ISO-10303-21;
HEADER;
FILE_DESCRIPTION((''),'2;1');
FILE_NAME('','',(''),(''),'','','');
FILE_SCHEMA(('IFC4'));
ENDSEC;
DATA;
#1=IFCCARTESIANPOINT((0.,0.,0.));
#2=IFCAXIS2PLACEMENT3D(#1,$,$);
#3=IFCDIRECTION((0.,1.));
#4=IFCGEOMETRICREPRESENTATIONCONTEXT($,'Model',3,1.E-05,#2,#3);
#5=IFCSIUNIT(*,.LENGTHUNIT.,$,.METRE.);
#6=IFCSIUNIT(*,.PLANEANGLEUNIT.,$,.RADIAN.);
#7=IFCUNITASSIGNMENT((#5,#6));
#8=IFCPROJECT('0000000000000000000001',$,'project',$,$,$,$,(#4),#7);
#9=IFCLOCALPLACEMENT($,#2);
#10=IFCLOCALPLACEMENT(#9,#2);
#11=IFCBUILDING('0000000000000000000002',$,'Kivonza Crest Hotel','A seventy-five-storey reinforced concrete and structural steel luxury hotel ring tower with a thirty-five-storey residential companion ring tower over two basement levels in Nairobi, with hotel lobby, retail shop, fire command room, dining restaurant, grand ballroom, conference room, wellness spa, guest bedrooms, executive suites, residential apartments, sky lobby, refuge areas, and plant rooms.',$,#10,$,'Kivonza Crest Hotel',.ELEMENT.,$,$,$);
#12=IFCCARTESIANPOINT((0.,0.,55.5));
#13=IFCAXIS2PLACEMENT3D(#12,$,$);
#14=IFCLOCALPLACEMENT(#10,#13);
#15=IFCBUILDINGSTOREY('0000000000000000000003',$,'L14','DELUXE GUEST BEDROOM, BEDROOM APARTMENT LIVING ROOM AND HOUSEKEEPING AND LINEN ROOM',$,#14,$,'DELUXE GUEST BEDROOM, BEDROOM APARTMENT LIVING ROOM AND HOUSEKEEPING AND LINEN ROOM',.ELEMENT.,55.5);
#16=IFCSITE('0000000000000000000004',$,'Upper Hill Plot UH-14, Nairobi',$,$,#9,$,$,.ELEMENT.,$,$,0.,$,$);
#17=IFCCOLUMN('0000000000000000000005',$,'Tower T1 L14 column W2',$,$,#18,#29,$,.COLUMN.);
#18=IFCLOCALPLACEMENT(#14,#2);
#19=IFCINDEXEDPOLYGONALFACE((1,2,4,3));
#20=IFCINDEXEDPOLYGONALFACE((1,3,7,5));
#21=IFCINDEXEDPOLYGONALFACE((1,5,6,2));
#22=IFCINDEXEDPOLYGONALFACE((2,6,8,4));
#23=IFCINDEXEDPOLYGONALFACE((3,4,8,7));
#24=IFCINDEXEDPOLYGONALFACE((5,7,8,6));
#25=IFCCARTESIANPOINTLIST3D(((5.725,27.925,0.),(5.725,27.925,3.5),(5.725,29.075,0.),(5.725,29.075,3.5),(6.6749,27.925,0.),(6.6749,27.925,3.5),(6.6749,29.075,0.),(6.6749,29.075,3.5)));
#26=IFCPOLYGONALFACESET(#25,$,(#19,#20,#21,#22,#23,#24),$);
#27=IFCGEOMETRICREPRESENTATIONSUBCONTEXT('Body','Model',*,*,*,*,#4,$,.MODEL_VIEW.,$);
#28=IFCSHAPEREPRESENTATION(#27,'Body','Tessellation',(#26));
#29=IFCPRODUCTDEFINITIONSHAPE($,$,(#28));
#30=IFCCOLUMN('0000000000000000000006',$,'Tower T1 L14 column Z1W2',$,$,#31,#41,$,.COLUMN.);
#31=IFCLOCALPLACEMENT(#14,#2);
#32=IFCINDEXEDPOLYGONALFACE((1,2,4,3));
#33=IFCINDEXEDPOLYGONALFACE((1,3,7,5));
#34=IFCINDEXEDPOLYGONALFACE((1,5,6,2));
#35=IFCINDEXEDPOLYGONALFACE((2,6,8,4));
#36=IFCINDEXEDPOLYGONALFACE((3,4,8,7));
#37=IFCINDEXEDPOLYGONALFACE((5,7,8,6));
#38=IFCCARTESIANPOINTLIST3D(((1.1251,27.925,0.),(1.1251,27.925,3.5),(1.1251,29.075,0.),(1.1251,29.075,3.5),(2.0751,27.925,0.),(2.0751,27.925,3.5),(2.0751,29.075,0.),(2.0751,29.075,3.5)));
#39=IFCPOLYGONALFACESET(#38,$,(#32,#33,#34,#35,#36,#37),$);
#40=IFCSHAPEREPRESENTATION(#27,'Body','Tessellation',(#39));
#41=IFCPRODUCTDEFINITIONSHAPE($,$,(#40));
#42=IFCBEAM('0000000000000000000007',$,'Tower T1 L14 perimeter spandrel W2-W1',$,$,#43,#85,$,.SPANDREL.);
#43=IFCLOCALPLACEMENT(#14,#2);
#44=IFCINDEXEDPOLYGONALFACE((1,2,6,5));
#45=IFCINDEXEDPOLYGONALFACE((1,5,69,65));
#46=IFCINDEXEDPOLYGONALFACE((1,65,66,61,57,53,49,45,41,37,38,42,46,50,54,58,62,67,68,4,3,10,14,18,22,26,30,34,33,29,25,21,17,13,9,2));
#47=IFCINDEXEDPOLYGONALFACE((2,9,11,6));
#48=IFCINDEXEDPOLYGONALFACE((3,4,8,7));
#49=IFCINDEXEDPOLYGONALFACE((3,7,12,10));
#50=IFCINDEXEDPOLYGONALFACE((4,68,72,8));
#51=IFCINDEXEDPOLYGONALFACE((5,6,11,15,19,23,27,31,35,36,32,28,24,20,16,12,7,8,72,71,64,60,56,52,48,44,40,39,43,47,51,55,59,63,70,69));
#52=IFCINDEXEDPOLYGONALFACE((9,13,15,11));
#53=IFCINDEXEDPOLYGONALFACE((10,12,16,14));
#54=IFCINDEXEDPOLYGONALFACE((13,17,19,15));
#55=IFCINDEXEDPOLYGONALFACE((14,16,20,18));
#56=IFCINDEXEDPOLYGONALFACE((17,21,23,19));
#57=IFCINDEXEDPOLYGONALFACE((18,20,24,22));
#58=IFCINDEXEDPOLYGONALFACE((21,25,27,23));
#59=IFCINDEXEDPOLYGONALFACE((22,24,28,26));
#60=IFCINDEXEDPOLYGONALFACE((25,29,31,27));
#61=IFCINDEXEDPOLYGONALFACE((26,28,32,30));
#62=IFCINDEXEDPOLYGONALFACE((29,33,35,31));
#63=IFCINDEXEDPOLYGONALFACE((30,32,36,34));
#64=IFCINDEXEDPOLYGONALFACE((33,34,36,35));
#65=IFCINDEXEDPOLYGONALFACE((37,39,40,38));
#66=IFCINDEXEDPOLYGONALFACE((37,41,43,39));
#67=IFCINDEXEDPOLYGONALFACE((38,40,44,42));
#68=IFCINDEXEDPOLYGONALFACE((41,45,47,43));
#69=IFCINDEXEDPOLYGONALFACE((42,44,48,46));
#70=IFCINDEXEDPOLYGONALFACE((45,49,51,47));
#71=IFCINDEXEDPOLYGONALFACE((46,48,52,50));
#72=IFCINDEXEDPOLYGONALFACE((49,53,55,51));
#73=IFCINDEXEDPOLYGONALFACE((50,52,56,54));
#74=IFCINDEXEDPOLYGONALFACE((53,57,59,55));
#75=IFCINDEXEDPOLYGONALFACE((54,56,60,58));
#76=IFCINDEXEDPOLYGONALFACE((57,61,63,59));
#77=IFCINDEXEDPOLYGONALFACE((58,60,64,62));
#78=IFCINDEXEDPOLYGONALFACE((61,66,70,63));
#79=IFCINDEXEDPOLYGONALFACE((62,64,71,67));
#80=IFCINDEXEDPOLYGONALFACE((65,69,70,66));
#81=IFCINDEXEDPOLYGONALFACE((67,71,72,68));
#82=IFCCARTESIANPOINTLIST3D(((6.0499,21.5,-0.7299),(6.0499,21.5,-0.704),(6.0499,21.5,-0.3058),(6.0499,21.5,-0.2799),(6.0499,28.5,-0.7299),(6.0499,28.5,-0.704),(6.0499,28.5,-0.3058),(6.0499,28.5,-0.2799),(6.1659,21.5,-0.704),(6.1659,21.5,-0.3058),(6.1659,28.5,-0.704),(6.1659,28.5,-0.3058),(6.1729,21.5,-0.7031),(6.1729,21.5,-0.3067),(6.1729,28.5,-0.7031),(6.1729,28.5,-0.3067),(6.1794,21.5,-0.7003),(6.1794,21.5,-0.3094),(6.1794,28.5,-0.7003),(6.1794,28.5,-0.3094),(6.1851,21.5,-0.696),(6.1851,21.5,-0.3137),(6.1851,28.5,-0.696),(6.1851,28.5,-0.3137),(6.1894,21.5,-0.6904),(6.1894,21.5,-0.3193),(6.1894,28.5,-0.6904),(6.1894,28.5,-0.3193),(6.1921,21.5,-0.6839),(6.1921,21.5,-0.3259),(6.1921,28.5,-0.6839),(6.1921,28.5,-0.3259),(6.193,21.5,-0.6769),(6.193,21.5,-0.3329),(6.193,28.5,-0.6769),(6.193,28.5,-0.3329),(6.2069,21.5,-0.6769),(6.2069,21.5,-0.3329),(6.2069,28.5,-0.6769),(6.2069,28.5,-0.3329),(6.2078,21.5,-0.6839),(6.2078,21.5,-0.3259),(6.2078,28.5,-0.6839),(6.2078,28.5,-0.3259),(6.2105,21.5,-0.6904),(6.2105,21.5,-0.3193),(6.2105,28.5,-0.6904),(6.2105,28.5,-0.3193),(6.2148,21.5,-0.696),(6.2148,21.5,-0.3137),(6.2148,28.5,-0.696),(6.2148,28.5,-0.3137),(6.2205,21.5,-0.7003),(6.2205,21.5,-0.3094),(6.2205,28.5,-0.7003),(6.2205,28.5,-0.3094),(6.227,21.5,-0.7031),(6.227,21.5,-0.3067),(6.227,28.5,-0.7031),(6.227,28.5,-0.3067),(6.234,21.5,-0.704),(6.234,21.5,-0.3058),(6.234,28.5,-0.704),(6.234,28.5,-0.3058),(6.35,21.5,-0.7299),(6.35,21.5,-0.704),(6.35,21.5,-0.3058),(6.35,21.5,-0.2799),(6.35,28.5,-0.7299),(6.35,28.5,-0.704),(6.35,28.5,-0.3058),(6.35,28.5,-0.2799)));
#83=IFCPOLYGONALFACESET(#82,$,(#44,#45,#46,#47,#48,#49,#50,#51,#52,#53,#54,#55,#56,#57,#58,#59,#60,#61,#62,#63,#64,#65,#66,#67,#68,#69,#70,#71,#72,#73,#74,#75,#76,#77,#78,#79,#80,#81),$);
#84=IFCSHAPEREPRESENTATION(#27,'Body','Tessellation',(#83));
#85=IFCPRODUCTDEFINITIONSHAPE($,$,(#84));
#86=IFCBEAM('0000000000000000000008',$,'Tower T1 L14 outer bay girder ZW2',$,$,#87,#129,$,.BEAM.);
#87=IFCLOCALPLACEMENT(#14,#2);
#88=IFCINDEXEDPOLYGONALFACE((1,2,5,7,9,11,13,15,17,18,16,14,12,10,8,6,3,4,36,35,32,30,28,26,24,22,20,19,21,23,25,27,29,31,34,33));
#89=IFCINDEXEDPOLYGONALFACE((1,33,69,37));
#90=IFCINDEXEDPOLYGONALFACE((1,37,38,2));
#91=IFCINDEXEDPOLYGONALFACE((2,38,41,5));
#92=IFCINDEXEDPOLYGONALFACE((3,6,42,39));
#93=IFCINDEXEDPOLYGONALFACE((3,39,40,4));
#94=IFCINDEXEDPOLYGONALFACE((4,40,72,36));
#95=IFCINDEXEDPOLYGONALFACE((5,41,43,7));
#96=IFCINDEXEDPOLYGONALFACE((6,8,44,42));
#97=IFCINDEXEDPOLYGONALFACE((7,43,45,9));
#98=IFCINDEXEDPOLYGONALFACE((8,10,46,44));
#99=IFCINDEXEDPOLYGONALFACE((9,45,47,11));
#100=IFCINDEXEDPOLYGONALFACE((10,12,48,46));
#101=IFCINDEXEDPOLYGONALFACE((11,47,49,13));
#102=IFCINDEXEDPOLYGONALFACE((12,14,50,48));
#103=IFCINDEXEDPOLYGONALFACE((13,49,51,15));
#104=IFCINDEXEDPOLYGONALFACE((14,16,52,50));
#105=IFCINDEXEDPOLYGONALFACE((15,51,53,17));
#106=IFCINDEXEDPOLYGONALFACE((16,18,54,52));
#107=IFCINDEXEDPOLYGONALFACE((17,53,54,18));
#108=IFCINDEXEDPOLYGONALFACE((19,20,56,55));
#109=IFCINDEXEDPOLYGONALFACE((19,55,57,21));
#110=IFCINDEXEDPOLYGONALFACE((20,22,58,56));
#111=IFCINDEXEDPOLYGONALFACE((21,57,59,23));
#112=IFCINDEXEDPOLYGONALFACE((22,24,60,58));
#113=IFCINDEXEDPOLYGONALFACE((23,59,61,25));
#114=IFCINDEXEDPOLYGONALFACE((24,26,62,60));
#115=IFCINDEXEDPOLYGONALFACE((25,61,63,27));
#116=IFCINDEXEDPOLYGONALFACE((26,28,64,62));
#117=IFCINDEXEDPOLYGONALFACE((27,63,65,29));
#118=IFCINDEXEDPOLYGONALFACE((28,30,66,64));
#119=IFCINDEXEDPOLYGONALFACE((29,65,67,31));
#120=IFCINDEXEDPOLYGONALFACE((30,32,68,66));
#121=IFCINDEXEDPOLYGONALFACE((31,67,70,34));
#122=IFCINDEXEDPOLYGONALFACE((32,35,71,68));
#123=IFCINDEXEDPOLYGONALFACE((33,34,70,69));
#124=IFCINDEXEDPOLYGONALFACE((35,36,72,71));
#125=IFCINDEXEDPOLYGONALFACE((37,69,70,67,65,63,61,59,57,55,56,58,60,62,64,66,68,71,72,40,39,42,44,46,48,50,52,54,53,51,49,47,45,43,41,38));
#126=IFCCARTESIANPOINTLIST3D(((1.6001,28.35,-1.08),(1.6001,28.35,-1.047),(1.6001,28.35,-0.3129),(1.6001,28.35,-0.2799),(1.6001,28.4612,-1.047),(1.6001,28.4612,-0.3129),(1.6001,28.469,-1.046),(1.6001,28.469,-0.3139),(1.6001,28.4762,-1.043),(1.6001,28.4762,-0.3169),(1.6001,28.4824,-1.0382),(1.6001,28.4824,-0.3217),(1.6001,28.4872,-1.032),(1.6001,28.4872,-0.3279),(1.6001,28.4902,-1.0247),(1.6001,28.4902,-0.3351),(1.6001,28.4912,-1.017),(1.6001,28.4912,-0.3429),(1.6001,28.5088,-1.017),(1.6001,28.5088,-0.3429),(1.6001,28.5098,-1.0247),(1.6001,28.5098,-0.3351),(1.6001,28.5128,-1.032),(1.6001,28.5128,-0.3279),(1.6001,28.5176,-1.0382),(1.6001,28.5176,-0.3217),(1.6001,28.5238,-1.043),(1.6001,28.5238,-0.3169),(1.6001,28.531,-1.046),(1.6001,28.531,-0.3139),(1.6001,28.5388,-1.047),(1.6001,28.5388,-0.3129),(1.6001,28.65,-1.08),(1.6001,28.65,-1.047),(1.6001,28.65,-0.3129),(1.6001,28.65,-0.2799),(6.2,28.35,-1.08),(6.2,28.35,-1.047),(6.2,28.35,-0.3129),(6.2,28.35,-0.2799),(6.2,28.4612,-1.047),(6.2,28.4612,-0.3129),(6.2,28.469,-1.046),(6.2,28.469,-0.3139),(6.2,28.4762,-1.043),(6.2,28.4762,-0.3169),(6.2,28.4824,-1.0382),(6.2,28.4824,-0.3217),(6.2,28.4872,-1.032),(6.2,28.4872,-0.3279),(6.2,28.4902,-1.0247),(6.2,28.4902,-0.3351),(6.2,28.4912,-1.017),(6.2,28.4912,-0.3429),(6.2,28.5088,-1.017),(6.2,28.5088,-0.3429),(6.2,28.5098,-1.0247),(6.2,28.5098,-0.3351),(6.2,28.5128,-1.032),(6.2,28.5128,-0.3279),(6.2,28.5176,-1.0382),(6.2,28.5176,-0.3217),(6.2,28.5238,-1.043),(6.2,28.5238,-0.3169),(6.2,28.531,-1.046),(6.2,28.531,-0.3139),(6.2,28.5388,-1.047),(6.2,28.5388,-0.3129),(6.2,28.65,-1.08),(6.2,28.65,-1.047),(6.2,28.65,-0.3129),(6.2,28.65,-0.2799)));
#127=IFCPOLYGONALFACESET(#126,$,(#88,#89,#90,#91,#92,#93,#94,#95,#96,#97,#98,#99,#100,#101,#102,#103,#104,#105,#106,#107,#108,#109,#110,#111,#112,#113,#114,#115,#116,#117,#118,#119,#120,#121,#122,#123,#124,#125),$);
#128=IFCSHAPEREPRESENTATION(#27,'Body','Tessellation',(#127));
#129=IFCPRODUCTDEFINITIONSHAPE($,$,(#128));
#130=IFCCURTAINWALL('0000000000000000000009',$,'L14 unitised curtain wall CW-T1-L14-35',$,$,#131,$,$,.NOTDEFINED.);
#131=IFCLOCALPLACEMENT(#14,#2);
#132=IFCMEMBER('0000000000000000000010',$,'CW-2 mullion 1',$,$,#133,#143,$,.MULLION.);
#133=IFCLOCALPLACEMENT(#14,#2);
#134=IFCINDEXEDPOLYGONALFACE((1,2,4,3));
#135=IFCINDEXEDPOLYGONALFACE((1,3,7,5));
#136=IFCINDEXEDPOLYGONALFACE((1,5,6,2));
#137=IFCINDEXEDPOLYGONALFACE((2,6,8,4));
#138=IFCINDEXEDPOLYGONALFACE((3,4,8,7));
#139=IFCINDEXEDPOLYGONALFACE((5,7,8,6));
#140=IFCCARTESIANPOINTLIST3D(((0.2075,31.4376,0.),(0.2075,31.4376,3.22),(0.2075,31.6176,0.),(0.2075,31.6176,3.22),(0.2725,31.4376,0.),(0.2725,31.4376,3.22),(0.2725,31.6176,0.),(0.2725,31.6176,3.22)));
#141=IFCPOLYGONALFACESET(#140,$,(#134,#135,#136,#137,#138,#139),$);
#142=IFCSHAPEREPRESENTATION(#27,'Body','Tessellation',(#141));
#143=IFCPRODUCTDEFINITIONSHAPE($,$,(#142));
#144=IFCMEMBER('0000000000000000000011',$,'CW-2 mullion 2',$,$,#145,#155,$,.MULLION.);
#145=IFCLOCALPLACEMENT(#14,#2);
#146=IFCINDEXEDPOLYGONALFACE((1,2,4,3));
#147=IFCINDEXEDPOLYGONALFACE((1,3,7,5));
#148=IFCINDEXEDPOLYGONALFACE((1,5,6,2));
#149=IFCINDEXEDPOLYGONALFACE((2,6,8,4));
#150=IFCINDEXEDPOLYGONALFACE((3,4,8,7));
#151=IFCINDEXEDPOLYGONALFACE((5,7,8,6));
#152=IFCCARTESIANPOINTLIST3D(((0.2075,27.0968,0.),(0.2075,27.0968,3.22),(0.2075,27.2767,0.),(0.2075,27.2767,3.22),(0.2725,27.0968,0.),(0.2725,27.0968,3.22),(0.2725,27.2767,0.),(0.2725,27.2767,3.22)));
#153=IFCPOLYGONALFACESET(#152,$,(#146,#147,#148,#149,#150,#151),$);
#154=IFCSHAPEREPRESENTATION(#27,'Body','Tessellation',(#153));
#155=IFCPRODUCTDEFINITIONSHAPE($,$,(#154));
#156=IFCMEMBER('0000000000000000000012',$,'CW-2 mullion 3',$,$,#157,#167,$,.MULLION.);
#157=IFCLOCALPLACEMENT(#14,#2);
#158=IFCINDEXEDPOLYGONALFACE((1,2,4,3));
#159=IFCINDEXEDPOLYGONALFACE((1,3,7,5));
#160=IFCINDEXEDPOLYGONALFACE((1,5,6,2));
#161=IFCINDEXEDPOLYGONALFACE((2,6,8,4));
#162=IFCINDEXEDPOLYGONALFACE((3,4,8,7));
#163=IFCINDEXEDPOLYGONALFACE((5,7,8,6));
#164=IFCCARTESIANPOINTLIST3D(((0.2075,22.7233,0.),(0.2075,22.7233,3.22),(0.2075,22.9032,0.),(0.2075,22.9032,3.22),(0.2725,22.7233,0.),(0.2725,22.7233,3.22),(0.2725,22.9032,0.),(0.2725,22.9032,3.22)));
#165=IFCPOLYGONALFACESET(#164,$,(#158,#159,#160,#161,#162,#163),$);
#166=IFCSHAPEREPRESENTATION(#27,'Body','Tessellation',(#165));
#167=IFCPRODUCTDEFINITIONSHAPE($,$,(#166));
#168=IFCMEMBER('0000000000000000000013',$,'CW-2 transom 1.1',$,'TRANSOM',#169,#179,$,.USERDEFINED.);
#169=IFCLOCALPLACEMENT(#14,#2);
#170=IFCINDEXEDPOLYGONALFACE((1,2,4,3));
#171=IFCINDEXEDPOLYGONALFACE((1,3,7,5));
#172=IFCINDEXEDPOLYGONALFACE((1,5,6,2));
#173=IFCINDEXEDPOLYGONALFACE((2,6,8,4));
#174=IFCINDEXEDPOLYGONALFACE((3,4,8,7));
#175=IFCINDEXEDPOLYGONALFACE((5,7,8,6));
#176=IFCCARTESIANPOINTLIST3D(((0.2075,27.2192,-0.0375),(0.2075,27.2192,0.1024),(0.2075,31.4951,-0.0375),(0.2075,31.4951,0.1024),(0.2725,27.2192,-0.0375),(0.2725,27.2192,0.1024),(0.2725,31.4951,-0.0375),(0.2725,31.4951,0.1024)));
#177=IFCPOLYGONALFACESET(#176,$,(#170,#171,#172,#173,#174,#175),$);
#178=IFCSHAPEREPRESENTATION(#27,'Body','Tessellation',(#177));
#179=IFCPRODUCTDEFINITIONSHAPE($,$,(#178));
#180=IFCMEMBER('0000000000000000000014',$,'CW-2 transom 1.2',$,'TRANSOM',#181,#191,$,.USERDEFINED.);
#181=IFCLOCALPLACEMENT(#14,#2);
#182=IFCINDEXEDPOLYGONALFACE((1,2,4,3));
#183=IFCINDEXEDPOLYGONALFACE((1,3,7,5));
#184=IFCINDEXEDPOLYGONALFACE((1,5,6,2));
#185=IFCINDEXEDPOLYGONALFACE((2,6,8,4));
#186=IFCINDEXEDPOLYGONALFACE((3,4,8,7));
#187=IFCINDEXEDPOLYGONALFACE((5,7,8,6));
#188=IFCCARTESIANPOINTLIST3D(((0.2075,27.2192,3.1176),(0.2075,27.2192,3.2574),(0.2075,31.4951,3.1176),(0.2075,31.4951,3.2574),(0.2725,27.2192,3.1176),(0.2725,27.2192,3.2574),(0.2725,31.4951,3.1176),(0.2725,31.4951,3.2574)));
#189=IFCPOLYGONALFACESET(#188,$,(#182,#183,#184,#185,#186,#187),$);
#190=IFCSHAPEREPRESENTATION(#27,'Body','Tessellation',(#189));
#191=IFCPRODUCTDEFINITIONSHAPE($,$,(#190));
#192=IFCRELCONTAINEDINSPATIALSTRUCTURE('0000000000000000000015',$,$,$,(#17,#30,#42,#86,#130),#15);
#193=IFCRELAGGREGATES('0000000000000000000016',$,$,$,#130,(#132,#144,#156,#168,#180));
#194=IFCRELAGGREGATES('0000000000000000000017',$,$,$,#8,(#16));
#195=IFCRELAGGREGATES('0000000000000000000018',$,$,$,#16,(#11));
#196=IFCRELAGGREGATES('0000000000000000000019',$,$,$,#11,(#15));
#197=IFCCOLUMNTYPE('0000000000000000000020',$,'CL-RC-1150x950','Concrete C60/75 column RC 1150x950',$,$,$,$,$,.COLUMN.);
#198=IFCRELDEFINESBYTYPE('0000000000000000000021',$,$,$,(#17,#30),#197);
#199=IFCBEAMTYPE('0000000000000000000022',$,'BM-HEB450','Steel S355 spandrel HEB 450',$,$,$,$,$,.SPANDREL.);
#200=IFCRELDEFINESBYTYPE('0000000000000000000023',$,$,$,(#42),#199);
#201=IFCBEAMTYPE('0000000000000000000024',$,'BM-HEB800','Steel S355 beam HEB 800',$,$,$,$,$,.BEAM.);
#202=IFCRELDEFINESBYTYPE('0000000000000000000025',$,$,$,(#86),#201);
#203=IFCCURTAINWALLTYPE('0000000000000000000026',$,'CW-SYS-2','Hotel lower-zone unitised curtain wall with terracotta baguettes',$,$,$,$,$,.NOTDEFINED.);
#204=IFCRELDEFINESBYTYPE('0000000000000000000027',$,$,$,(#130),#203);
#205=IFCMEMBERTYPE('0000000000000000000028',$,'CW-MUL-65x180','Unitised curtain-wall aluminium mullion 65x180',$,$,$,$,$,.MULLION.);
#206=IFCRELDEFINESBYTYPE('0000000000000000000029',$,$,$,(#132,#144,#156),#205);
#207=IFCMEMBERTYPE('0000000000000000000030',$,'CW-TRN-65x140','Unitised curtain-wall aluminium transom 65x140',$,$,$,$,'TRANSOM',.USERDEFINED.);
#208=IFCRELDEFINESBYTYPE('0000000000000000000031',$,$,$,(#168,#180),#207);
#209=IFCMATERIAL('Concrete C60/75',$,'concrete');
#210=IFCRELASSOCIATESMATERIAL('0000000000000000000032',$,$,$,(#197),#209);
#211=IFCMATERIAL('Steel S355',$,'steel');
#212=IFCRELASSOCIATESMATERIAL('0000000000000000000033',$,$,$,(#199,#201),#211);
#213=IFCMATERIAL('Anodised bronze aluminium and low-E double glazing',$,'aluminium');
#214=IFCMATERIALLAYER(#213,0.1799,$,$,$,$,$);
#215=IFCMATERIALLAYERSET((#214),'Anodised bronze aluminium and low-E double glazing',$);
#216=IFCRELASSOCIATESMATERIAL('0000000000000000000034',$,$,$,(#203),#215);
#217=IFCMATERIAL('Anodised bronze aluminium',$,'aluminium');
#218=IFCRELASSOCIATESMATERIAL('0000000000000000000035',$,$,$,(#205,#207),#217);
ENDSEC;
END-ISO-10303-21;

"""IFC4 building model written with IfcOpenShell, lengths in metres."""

from ifc_helpers import new_model, si_unit, direction, frame, origin, origin_2d, place, context, subcontext, project, spatial, rectangle, i_section, extrude, material, layer, layer_set, material_profile, profile_set, type_object, element, aggregate, save


model = new_model("IFC4")

# Units and contexts
model_context = context("Model", 3, precision=1e-05, world=origin(), true_north=direction((0.0, 1.0)))
body_context = subcontext(model_context, "Body", "Model", "MODEL_VIEW")
ifc_project = project(units=[si_unit("LENGTHUNIT", "METRE"), si_unit("PLANEANGLEUNIT", "RADIAN")], contexts=[model_context])

# Site, building, storey
site_placement = place(None, origin())
site = spatial("IfcSite", under=ifc_project, at=site_placement, Name="Upper Hill Plot UH-14, Nairobi", CompositionType="ELEMENT", RefElevation=0.0)
building_placement = place(site_placement, origin())
building = spatial("IfcBuilding", under=site, at=building_placement, Name="Kivonza Crest Hotel", Description="A seventy-five-storey reinforced concrete and structural steel luxury hotel ring tower with a thirty-five-storey residential companion ring tower over two basement levels in Nairobi, with hotel lobby, retail shop, fire command room, dining restaurant, grand ballroom, conference room, wellness spa, guest bedrooms, executive suites, residential apartments, sky lobby, refuge areas, and plant rooms.", LongName="Kivonza Crest Hotel", CompositionType="ELEMENT")
storey_placement = place(building_placement, frame((0.0, 0.0, 55.5)))
storey = spatial("IfcBuildingStorey", under=building, at=storey_placement, Name="L14", Description="DELUXE GUEST BEDROOM, BEDROOM APARTMENT LIVING ROOM AND HOUSEKEEPING AND LINEN ROOM", LongName="DELUXE GUEST BEDROOM, BEDROOM APARTMENT LIVING ROOM AND HOUSEKEEPING AND LINEN ROOM", CompositionType="ELEMENT", Elevation=55.5)

# Columns
ifc_material_1 = material(Name="Concrete C60/75", Category="concrete")
ifc_material_profile_1 = material_profile(ifc_material_1, rectangle(XDim=0.95, YDim=1.1499, at=origin_2d()), Name="RC 1150x950")
ifc_profile_set_1 = profile_set([ifc_material_profile_1], Name="Concrete C60/75")
column_type = type_object("IfcColumnType", Name="CL-RC-1150x950", Description="Concrete C60/75 column RC 1150x950", PredefinedType="COLUMN", material=ifc_profile_set_1)
for number, where, z_axis, x_axis, name in (
    (1, (6.2, 28.5, 0.0), (0.0, 0.0, 1.0), (1.0, 0.0, 0.0), "Tower T1 L14 column W2"),
    (2, (1.6001, 28.5, 0.0), (0.0, 0.0, 1.0), (1.0, 0.0, 0.0), "Tower T1 L14 column Z1W2"),
):
    element("IfcColumn", number, at=place(storey_placement, frame(where, z_axis=z_axis, x_axis=x_axis)), inside=storey, type_object=column_type, Name=name, PredefinedType="COLUMN", context=body_context, shape_type="SweptSolid", body=[
        extrude(rectangle(XDim=0.95, YDim=1.1499, at=origin_2d()), origin(), (0.0, 0.0, 1.0), 3.5),
    ])

# Beams
ifc_material_2 = material(Name="Steel S355", Category="steel")
ifc_material_profile_2 = material_profile(ifc_material_2, i_section(OverallWidth=0.3, OverallDepth=0.45, WebThickness=0.0139, FlangeThickness=0.0259, FilletRadius=0.0271, at=origin_2d()), Name="HEB 450")
ifc_profile_set_2 = profile_set([ifc_material_profile_2], Name="Steel S355")
beam_type_1 = type_object("IfcBeamType", Name="BM-HEB450", Description="Steel S355 spandrel HEB 450", PredefinedType="SPANDREL", material=ifc_profile_set_2)
beam_1_placement = place(storey_placement, frame((6.2, 28.5, -0.5049), z_axis=(0.0, -1.0, 0.0), x_axis=(1.0, 0.0, 0.0)))
element("IfcBeam", 3, at=beam_1_placement, inside=storey, type_object=beam_type_1, Name="Tower T1 L14 perimeter spandrel W2-W1", PredefinedType="SPANDREL", context=body_context, shape_type="SweptSolid", body=[
    extrude(i_section(OverallWidth=0.3, OverallDepth=0.45, WebThickness=0.0139, FlangeThickness=0.0259, FilletRadius=0.0271, at=origin_2d()), origin(), (0.0, 0.0, 1.0), 7.0),
])
ifc_material_profile_3 = material_profile(ifc_material_2, i_section(OverallWidth=0.3, OverallDepth=0.8, WebThickness=0.0176, FlangeThickness=0.033, FilletRadius=0.03, at=origin_2d()), Name="HEB 800")
ifc_profile_set_3 = profile_set([ifc_material_profile_3], Name="Steel S355")
beam_type_2 = type_object("IfcBeamType", Name="BM-HEB800", Description="Steel S355 beam HEB 800", PredefinedType="BEAM", material=ifc_profile_set_3)
beam_2_placement = place(storey_placement, frame((1.6001, 28.5, -0.6799), z_axis=(1.0, 0.0, 0.0), x_axis=(0.0, 1.0, 0.0)))
element("IfcBeam", 4, at=beam_2_placement, inside=storey, type_object=beam_type_2, Name="Tower T1 L14 outer bay girder ZW2", PredefinedType="BEAM", context=body_context, shape_type="SweptSolid", body=[
    extrude(i_section(OverallWidth=0.3, OverallDepth=0.8, WebThickness=0.0176, FlangeThickness=0.033, FilletRadius=0.03, at=origin_2d()), origin(), (0.0, 0.0, 1.0), 4.5999),
])

# Curtain wall, members
ifc_material_3 = material(Name="Anodised bronze aluminium and low-E double glazing", Category="aluminium")
ifc_layer_1 = layer(ifc_material_3, 0.1799)
ifc_layer_set_1 = layer_set([ifc_layer_1], Name="Anodised bronze aluminium and low-E double glazing")
curtain_wall_type = type_object("IfcCurtainWallType", Name="CW-SYS-2", Description="Hotel lower-zone unitised curtain wall with terracotta baguettes", PredefinedType="NOTDEFINED", material=ifc_layer_set_1)
curtain_wall_placement = place(storey_placement, origin())
curtain_wall = element("IfcCurtainWall", 5, at=curtain_wall_placement, inside=storey, type_object=curtain_wall_type, Name="L14 unitised curtain wall CW-T1-L14-35", PredefinedType="NOTDEFINED")
ifc_material_4 = material(Name="Anodised bronze aluminium", Category="aluminium")
ifc_material_profile_4 = material_profile(ifc_material_4, rectangle(XDim=0.0649, YDim=0.1799, at=origin_2d()), Name="CW-M 65x180")
ifc_profile_set_4 = profile_set([ifc_material_profile_4], Name="Anodised bronze aluminium")
member_type_1 = type_object("IfcMemberType", Name="CW-MUL-65x180", Description="Unitised curtain-wall aluminium mullion 65x180", PredefinedType="MULLION", material=ifc_profile_set_4)
member_1_placement = place(storey_placement, frame((0.24, 31.5276, 0.0), z_axis=(0.0, 0.0, 1.0), x_axis=(1.0, 0.0, 0.0)))
member_1 = element("IfcMember", 6, at=member_1_placement, type_object=member_type_1, Name="CW-2 mullion 1", PredefinedType="MULLION", context=body_context, shape_type="SweptSolid", body=[
    extrude(rectangle(XDim=0.0649, YDim=0.1799, at=origin_2d()), origin(), (0.0, 0.0, 1.0), 3.22),
])
member_2_placement = place(storey_placement, frame((0.24, 27.1868, 0.0), z_axis=(0.0, 0.0, 1.0), x_axis=(1.0, 0.0, 0.0)))
member_2 = element("IfcMember", 7, at=member_2_placement, type_object=member_type_1, Name="CW-2 mullion 2", PredefinedType="MULLION", context=body_context, shape_type="SweptSolid", body=[
    extrude(rectangle(XDim=0.0649, YDim=0.1799, at=origin_2d()), origin(), (0.0, 0.0, 1.0), 3.22),
])
member_3_placement = place(storey_placement, frame((0.24, 22.8132, 0.0), z_axis=(0.0, 0.0, 1.0), x_axis=(1.0, 0.0, 0.0)))
member_3 = element("IfcMember", 8, at=member_3_placement, type_object=member_type_1, Name="CW-2 mullion 3", PredefinedType="MULLION", context=body_context, shape_type="SweptSolid", body=[
    extrude(rectangle(XDim=0.0649, YDim=0.1799, at=origin_2d()), origin(), (0.0, 0.0, 1.0), 3.22),
])
ifc_material_profile_5 = material_profile(ifc_material_4, rectangle(XDim=0.0649, YDim=0.1399, at=origin_2d()), Name="CW-T 65x140")
ifc_profile_set_5 = profile_set([ifc_material_profile_5], Name="Anodised bronze aluminium")
member_type_2 = type_object("IfcMemberType", Name="CW-TRN-65x140", Description="Unitised curtain-wall aluminium transom 65x140", ElementType="TRANSOM", PredefinedType="USERDEFINED", material=ifc_profile_set_5)
member_4_placement = place(storey_placement, frame((0.24, 31.4951, 0.0325), z_axis=(0.0, -1.0, 0.0), x_axis=(1.0, 0.0, 0.0)))
member_4 = element("IfcMember", 9, at=member_4_placement, type_object=member_type_2, Name="CW-2 transom 1.1", ObjectType="TRANSOM", PredefinedType="USERDEFINED", context=body_context, shape_type="SweptSolid", body=[
    extrude(rectangle(XDim=0.0649, YDim=0.1399, at=origin_2d()), origin(), (0.0, 0.0, 1.0), 4.2759),
])
member_5_placement = place(storey_placement, frame((0.24, 31.4951, 3.1875), z_axis=(0.0, -1.0, 0.0), x_axis=(1.0, 0.0, 0.0)))
member_5 = element("IfcMember", 10, at=member_5_placement, type_object=member_type_2, Name="CW-2 transom 1.2", ObjectType="TRANSOM", PredefinedType="USERDEFINED", context=body_context, shape_type="SweptSolid", body=[
    extrude(rectangle(XDim=0.0649, YDim=0.1399, at=origin_2d()), origin(), (0.0, 0.0, 1.0), 4.2759),
])
aggregate(curtain_wall, [member_1, member_2, member_3, member_4, member_5])

save(model, "model.ifc")
